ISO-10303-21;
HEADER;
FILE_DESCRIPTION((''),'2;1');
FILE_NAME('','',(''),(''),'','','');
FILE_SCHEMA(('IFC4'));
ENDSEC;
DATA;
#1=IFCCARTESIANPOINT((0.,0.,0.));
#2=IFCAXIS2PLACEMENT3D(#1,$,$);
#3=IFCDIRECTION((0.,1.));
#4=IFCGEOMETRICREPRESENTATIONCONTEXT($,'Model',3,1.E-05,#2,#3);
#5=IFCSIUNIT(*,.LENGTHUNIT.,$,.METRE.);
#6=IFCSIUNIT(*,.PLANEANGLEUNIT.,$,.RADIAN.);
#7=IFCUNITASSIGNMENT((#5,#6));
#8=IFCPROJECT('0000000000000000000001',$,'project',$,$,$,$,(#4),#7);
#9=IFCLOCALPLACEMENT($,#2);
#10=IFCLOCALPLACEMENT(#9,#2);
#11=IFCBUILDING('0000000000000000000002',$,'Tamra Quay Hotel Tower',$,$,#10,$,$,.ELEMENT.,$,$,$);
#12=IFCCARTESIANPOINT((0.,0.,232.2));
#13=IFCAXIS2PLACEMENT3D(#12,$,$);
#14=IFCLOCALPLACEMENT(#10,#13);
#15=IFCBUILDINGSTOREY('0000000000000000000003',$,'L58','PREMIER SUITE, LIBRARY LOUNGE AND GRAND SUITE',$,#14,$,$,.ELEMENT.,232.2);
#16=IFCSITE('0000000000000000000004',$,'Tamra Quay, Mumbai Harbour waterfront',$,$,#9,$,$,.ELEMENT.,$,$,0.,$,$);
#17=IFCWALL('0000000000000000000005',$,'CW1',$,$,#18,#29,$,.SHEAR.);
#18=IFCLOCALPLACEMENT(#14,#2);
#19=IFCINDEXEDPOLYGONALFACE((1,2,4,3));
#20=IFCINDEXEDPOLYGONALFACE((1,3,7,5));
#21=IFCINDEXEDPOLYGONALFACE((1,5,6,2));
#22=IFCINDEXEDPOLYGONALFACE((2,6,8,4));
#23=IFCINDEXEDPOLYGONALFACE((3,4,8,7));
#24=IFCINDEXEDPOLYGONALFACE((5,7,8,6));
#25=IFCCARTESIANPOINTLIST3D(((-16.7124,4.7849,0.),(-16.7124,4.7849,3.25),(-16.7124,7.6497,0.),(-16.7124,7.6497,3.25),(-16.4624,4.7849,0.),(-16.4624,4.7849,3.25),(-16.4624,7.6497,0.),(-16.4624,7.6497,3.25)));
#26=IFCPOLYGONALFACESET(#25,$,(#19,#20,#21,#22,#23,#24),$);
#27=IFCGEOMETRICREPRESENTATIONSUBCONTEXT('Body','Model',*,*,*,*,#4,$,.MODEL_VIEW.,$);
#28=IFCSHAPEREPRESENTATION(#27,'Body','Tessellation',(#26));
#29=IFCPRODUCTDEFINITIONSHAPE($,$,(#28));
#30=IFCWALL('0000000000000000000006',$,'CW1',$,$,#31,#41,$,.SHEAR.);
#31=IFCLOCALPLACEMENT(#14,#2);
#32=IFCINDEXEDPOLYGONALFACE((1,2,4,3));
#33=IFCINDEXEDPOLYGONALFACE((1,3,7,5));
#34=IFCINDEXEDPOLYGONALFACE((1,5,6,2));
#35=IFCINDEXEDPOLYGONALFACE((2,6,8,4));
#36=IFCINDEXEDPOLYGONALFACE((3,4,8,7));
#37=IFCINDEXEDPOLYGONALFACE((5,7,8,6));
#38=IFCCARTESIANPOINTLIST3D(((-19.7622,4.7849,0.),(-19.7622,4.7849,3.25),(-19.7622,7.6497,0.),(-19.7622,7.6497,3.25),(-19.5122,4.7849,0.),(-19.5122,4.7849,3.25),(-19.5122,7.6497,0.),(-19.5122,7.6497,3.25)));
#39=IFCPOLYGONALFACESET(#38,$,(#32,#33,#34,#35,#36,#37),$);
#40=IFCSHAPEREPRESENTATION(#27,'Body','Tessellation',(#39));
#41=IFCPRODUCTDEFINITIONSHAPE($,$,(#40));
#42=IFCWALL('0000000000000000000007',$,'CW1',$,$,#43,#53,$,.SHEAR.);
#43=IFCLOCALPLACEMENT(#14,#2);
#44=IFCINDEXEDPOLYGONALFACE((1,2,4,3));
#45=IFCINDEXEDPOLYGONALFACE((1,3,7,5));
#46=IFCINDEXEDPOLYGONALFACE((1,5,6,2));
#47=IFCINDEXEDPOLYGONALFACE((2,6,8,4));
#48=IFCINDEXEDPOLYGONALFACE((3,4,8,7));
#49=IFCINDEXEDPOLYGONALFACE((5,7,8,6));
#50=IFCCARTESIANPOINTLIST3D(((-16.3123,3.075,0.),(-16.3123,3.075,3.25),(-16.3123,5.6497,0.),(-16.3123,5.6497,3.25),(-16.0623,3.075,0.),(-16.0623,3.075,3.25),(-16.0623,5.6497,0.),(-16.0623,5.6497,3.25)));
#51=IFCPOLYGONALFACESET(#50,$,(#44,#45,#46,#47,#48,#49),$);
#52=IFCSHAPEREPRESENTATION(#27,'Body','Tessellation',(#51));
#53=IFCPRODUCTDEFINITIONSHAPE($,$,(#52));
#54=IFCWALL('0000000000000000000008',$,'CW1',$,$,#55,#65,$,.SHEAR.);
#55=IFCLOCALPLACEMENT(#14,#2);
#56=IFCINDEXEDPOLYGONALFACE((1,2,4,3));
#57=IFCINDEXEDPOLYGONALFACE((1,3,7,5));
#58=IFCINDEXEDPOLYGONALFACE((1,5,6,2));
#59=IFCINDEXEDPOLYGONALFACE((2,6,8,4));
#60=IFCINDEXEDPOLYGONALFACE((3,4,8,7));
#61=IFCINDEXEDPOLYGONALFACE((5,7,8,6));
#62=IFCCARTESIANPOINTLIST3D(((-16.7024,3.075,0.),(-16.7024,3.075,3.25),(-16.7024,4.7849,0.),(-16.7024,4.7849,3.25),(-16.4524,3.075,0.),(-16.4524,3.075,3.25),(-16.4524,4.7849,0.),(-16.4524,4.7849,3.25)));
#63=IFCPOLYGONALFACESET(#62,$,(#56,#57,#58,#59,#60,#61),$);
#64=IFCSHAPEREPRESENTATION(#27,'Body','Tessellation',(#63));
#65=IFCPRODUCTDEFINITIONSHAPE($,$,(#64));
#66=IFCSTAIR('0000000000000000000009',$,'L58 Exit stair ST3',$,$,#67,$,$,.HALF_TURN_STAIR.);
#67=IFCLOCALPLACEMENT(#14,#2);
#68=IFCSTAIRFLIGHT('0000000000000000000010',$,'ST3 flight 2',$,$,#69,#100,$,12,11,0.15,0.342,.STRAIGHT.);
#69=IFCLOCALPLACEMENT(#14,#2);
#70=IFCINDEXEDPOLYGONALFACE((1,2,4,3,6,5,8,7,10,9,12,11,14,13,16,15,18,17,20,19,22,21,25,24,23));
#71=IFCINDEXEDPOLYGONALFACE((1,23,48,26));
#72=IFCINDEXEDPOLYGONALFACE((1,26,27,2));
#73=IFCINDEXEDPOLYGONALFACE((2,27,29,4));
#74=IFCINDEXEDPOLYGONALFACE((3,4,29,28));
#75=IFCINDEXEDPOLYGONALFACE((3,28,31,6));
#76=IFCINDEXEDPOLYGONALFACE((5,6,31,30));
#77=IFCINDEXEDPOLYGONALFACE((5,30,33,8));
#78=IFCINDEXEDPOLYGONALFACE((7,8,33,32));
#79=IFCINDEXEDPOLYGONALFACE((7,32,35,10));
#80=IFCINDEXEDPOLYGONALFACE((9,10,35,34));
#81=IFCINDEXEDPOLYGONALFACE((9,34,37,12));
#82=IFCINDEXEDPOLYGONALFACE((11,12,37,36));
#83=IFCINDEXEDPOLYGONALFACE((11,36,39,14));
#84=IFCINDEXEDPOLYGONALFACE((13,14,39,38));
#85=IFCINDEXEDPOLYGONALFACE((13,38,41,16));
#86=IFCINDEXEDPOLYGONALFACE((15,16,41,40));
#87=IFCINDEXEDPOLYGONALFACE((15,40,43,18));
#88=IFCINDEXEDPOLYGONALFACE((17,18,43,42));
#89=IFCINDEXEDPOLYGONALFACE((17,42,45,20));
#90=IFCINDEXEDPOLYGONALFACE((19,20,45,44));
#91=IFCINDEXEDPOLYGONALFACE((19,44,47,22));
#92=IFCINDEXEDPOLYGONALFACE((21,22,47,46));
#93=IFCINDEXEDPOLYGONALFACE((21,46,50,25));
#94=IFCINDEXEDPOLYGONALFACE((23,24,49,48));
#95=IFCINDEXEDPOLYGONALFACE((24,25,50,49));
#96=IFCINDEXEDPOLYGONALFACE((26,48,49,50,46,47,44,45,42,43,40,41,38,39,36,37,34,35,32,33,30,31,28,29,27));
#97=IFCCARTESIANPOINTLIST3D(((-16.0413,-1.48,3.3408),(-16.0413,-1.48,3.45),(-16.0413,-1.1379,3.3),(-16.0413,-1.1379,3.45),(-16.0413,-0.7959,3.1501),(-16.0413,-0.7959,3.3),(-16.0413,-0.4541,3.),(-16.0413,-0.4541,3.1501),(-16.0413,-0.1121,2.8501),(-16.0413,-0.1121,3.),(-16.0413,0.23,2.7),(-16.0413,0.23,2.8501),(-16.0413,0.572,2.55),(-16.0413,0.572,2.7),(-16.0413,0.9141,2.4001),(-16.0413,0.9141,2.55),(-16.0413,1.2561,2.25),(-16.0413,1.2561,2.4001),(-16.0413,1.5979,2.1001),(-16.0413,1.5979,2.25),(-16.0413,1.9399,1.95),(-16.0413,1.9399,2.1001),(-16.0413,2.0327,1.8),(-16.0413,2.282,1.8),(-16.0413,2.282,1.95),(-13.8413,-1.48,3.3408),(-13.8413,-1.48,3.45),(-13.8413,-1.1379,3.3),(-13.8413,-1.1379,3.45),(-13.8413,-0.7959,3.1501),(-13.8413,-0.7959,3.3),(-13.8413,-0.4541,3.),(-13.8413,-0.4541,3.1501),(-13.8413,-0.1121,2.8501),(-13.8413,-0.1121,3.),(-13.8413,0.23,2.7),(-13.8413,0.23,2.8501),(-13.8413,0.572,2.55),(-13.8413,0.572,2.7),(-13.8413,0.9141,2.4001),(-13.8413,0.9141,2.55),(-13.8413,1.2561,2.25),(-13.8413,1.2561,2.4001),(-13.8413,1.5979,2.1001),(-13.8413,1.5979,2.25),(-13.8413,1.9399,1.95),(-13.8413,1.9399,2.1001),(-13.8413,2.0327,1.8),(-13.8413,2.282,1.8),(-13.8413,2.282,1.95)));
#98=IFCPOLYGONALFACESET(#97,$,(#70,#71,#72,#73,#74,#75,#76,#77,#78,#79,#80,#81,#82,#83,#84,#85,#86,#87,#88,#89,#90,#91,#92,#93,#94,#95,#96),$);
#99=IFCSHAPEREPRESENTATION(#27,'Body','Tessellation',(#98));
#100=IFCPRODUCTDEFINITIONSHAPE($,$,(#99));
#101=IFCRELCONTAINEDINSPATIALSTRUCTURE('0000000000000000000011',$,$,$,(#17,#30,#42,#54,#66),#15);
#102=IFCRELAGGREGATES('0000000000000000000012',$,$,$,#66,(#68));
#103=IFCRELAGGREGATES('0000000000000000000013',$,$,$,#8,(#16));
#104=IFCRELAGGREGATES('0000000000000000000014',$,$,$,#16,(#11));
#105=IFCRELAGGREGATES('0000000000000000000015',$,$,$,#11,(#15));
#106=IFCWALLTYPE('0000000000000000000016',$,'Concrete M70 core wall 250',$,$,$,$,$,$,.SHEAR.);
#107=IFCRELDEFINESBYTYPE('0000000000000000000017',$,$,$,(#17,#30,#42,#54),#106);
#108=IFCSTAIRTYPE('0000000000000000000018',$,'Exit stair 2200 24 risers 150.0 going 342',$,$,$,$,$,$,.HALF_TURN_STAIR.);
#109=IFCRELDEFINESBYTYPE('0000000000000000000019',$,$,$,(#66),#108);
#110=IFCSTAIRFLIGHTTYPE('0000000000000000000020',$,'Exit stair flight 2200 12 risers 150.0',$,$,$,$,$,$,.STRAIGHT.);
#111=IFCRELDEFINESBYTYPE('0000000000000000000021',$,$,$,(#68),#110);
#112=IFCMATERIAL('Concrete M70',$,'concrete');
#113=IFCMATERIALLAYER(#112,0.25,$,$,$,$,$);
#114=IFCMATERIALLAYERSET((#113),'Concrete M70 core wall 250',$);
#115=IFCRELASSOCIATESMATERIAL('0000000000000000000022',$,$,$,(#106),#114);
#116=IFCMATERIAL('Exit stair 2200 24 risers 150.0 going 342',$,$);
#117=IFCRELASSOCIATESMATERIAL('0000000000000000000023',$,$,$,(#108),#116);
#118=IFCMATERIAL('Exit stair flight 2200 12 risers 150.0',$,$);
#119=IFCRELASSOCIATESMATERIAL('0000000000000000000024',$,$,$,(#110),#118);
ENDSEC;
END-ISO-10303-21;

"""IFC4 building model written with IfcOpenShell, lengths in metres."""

from ifc_helpers import new_model, si_unit, direction, frame, frame_2d, origin, place, context, subcontext, project, spatial, polyline, rectangle, outline, extrude, material, layer, layer_set, type_object, element, aggregate, save


model = new_model("IFC4")

# Units and contexts
model_context = context("Model", 3, precision=1e-05, world=origin(), true_north=direction((0.0, 1.0)))
body_context = subcontext(model_context, "Body", "Model", "MODEL_VIEW")
ifc_project = project(units=[si_unit("LENGTHUNIT", "METRE"), si_unit("PLANEANGLEUNIT", "RADIAN")], contexts=[model_context])

# Site, building, storey
site_placement = place(None, origin())
site = spatial("IfcSite", under=ifc_project, at=site_placement, Name="Tamra Quay, Mumbai Harbour waterfront", CompositionType="ELEMENT", RefElevation=0.0)
building_placement = place(site_placement, origin())
building = spatial("IfcBuilding", under=site, at=building_placement, Name="Tamra Quay Hotel Tower", CompositionType="ELEMENT")
storey_placement = place(building_placement, frame((0.0, 0.0, 232.2)))
storey = spatial("IfcBuildingStorey", under=building, at=storey_placement, Name="L58", Description="PREMIER SUITE, LIBRARY LOUNGE AND GRAND SUITE", CompositionType="ELEMENT", Elevation=232.2)

# Shared definitions
ifc_material_1 = material(Name="Concrete M70", Category="concrete")

# Walls
ifc_layer_1 = layer(ifc_material_1, 0.25)
ifc_layer_set_1 = layer_set([ifc_layer_1], Name="Concrete M70 core wall 250")
wall_type_1 = type_object("IfcWallType", Name="Concrete M70 core wall 250", PredefinedType="SHEAR", material=ifc_layer_set_1)
for number, where, z_axis, x_axis, name in (
    (1, (-16.5874, 7.6497, 0.0), (0.0, 0.0, 1.0), (0.0, -1.0, 0.0), "CW1"),
    (2, (-19.6372, 4.7849, 0.0), (0.0, 0.0, 1.0), (0.0, 1.0, 0.0), "CW1"),
):
    element("IfcWall", number, at=place(storey_placement, frame(where, z_axis=z_axis, x_axis=x_axis)), inside=storey, type_object=wall_type_1, Name=name, PredefinedType="SHEAR", context=body_context, shape_type="SweptSolid", body=[
        extrude(rectangle(XDim=2.8647, YDim=0.25, at=frame_2d((1.4324, 0.0))), origin(), (0.0, 0.0, 1.0), 3.25),
    ])
wall_1_placement = place(storey_placement, frame((-16.1873, 3.075, 0.0), z_axis=(0.0, 0.0, 1.0), x_axis=(0.0, 1.0, 0.0)))
element("IfcWall", 3, at=wall_1_placement, inside=storey, type_object=wall_type_1, Name="CW1", PredefinedType="SHEAR", context=body_context, shape_type="SweptSolid", body=[
    extrude(rectangle(XDim=2.5747, YDim=0.25, at=frame_2d((1.2874, 0.0))), origin(), (0.0, 0.0, 1.0), 3.25),
])
wall_2_placement = place(storey_placement, frame((-16.5774, 4.7849, 0.0), z_axis=(0.0, 0.0, 1.0), x_axis=(0.0, -1.0, 0.0)))
element("IfcWall", 4, at=wall_2_placement, inside=storey, type_object=wall_type_1, Name="CW1", PredefinedType="SHEAR", context=body_context, shape_type="SweptSolid", body=[
    extrude(rectangle(XDim=1.71, YDim=0.25, at=frame_2d((0.855, 0.0))), origin(), (0.0, 0.0, 1.0), 3.25),
])

# Stair, stair flight
ifc_material_2 = material(Name="Exit stair 2200 24 risers 150.0 going 342")
stair_type = type_object("IfcStairType", Name="Exit stair 2200 24 risers 150.0 going 342", PredefinedType="HALF_TURN_STAIR", material=ifc_material_2)
stair_placement = place(storey_placement, origin())
stair = element("IfcStair", 5, at=stair_placement, inside=storey, type_object=stair_type, Name="L58 Exit stair ST3", PredefinedType="HALF_TURN_STAIR")
ifc_material_3 = material(Name="Exit stair flight 2200 12 risers 150.0")
stair_flight_type = type_object("IfcStairFlightType", Name="Exit stair flight 2200 12 risers 150.0", PredefinedType="STRAIGHT", material=ifc_material_3)
stair_flight_placement = place(storey_placement, frame((-14.9414, 2.282, 1.8), z_axis=(0.0, 0.0, 1.0), x_axis=(0.0, -1.0, 0.0)))
stair_flight = element("IfcStairFlight", 6, at=stair_flight_placement, type_object=stair_flight_type, Name="ST3 flight 2", NumberOfRisers=12, NumberOfTreads=11, PredefinedType="STRAIGHT", RiserHeight=0.15, TreadLength=0.342, context=body_context, shape_type="SweptSolid", body=[
    extrude(outline(polyline([(0.0, 0.0), (0.0, 0.1499), (0.342, 0.1499), (0.342, 0.3), (0.6841, 0.3), (0.6841, 0.45), (1.0259, 0.45), (1.0259, 0.6001), (1.3679, 0.6001), (1.3679, 0.75), (1.71, 0.75), (1.71, 0.8999), (2.052, 0.8999), (2.052, 1.05), (2.394, 1.05), (2.394, 1.2), (2.7361, 1.2), (2.7361, 1.3501), (3.0779, 1.3501), (3.0779, 1.5), (3.4199, 1.5), (3.4199, 1.6499), (3.762, 1.6499), (3.762, 1.8), (3.762, 1.5408), (0.2493, 0.0), (0.0, 0.0)])), frame((0.0, 1.1001, 0.0), z_axis=(0.0, -1.0, 0.0), x_axis=(1.0, 0.0, 0.0)), (0.0, 0.0, 1.0), 2.2),
])
aggregate(stair, [stair_flight])

save(model, "model.ifc")
